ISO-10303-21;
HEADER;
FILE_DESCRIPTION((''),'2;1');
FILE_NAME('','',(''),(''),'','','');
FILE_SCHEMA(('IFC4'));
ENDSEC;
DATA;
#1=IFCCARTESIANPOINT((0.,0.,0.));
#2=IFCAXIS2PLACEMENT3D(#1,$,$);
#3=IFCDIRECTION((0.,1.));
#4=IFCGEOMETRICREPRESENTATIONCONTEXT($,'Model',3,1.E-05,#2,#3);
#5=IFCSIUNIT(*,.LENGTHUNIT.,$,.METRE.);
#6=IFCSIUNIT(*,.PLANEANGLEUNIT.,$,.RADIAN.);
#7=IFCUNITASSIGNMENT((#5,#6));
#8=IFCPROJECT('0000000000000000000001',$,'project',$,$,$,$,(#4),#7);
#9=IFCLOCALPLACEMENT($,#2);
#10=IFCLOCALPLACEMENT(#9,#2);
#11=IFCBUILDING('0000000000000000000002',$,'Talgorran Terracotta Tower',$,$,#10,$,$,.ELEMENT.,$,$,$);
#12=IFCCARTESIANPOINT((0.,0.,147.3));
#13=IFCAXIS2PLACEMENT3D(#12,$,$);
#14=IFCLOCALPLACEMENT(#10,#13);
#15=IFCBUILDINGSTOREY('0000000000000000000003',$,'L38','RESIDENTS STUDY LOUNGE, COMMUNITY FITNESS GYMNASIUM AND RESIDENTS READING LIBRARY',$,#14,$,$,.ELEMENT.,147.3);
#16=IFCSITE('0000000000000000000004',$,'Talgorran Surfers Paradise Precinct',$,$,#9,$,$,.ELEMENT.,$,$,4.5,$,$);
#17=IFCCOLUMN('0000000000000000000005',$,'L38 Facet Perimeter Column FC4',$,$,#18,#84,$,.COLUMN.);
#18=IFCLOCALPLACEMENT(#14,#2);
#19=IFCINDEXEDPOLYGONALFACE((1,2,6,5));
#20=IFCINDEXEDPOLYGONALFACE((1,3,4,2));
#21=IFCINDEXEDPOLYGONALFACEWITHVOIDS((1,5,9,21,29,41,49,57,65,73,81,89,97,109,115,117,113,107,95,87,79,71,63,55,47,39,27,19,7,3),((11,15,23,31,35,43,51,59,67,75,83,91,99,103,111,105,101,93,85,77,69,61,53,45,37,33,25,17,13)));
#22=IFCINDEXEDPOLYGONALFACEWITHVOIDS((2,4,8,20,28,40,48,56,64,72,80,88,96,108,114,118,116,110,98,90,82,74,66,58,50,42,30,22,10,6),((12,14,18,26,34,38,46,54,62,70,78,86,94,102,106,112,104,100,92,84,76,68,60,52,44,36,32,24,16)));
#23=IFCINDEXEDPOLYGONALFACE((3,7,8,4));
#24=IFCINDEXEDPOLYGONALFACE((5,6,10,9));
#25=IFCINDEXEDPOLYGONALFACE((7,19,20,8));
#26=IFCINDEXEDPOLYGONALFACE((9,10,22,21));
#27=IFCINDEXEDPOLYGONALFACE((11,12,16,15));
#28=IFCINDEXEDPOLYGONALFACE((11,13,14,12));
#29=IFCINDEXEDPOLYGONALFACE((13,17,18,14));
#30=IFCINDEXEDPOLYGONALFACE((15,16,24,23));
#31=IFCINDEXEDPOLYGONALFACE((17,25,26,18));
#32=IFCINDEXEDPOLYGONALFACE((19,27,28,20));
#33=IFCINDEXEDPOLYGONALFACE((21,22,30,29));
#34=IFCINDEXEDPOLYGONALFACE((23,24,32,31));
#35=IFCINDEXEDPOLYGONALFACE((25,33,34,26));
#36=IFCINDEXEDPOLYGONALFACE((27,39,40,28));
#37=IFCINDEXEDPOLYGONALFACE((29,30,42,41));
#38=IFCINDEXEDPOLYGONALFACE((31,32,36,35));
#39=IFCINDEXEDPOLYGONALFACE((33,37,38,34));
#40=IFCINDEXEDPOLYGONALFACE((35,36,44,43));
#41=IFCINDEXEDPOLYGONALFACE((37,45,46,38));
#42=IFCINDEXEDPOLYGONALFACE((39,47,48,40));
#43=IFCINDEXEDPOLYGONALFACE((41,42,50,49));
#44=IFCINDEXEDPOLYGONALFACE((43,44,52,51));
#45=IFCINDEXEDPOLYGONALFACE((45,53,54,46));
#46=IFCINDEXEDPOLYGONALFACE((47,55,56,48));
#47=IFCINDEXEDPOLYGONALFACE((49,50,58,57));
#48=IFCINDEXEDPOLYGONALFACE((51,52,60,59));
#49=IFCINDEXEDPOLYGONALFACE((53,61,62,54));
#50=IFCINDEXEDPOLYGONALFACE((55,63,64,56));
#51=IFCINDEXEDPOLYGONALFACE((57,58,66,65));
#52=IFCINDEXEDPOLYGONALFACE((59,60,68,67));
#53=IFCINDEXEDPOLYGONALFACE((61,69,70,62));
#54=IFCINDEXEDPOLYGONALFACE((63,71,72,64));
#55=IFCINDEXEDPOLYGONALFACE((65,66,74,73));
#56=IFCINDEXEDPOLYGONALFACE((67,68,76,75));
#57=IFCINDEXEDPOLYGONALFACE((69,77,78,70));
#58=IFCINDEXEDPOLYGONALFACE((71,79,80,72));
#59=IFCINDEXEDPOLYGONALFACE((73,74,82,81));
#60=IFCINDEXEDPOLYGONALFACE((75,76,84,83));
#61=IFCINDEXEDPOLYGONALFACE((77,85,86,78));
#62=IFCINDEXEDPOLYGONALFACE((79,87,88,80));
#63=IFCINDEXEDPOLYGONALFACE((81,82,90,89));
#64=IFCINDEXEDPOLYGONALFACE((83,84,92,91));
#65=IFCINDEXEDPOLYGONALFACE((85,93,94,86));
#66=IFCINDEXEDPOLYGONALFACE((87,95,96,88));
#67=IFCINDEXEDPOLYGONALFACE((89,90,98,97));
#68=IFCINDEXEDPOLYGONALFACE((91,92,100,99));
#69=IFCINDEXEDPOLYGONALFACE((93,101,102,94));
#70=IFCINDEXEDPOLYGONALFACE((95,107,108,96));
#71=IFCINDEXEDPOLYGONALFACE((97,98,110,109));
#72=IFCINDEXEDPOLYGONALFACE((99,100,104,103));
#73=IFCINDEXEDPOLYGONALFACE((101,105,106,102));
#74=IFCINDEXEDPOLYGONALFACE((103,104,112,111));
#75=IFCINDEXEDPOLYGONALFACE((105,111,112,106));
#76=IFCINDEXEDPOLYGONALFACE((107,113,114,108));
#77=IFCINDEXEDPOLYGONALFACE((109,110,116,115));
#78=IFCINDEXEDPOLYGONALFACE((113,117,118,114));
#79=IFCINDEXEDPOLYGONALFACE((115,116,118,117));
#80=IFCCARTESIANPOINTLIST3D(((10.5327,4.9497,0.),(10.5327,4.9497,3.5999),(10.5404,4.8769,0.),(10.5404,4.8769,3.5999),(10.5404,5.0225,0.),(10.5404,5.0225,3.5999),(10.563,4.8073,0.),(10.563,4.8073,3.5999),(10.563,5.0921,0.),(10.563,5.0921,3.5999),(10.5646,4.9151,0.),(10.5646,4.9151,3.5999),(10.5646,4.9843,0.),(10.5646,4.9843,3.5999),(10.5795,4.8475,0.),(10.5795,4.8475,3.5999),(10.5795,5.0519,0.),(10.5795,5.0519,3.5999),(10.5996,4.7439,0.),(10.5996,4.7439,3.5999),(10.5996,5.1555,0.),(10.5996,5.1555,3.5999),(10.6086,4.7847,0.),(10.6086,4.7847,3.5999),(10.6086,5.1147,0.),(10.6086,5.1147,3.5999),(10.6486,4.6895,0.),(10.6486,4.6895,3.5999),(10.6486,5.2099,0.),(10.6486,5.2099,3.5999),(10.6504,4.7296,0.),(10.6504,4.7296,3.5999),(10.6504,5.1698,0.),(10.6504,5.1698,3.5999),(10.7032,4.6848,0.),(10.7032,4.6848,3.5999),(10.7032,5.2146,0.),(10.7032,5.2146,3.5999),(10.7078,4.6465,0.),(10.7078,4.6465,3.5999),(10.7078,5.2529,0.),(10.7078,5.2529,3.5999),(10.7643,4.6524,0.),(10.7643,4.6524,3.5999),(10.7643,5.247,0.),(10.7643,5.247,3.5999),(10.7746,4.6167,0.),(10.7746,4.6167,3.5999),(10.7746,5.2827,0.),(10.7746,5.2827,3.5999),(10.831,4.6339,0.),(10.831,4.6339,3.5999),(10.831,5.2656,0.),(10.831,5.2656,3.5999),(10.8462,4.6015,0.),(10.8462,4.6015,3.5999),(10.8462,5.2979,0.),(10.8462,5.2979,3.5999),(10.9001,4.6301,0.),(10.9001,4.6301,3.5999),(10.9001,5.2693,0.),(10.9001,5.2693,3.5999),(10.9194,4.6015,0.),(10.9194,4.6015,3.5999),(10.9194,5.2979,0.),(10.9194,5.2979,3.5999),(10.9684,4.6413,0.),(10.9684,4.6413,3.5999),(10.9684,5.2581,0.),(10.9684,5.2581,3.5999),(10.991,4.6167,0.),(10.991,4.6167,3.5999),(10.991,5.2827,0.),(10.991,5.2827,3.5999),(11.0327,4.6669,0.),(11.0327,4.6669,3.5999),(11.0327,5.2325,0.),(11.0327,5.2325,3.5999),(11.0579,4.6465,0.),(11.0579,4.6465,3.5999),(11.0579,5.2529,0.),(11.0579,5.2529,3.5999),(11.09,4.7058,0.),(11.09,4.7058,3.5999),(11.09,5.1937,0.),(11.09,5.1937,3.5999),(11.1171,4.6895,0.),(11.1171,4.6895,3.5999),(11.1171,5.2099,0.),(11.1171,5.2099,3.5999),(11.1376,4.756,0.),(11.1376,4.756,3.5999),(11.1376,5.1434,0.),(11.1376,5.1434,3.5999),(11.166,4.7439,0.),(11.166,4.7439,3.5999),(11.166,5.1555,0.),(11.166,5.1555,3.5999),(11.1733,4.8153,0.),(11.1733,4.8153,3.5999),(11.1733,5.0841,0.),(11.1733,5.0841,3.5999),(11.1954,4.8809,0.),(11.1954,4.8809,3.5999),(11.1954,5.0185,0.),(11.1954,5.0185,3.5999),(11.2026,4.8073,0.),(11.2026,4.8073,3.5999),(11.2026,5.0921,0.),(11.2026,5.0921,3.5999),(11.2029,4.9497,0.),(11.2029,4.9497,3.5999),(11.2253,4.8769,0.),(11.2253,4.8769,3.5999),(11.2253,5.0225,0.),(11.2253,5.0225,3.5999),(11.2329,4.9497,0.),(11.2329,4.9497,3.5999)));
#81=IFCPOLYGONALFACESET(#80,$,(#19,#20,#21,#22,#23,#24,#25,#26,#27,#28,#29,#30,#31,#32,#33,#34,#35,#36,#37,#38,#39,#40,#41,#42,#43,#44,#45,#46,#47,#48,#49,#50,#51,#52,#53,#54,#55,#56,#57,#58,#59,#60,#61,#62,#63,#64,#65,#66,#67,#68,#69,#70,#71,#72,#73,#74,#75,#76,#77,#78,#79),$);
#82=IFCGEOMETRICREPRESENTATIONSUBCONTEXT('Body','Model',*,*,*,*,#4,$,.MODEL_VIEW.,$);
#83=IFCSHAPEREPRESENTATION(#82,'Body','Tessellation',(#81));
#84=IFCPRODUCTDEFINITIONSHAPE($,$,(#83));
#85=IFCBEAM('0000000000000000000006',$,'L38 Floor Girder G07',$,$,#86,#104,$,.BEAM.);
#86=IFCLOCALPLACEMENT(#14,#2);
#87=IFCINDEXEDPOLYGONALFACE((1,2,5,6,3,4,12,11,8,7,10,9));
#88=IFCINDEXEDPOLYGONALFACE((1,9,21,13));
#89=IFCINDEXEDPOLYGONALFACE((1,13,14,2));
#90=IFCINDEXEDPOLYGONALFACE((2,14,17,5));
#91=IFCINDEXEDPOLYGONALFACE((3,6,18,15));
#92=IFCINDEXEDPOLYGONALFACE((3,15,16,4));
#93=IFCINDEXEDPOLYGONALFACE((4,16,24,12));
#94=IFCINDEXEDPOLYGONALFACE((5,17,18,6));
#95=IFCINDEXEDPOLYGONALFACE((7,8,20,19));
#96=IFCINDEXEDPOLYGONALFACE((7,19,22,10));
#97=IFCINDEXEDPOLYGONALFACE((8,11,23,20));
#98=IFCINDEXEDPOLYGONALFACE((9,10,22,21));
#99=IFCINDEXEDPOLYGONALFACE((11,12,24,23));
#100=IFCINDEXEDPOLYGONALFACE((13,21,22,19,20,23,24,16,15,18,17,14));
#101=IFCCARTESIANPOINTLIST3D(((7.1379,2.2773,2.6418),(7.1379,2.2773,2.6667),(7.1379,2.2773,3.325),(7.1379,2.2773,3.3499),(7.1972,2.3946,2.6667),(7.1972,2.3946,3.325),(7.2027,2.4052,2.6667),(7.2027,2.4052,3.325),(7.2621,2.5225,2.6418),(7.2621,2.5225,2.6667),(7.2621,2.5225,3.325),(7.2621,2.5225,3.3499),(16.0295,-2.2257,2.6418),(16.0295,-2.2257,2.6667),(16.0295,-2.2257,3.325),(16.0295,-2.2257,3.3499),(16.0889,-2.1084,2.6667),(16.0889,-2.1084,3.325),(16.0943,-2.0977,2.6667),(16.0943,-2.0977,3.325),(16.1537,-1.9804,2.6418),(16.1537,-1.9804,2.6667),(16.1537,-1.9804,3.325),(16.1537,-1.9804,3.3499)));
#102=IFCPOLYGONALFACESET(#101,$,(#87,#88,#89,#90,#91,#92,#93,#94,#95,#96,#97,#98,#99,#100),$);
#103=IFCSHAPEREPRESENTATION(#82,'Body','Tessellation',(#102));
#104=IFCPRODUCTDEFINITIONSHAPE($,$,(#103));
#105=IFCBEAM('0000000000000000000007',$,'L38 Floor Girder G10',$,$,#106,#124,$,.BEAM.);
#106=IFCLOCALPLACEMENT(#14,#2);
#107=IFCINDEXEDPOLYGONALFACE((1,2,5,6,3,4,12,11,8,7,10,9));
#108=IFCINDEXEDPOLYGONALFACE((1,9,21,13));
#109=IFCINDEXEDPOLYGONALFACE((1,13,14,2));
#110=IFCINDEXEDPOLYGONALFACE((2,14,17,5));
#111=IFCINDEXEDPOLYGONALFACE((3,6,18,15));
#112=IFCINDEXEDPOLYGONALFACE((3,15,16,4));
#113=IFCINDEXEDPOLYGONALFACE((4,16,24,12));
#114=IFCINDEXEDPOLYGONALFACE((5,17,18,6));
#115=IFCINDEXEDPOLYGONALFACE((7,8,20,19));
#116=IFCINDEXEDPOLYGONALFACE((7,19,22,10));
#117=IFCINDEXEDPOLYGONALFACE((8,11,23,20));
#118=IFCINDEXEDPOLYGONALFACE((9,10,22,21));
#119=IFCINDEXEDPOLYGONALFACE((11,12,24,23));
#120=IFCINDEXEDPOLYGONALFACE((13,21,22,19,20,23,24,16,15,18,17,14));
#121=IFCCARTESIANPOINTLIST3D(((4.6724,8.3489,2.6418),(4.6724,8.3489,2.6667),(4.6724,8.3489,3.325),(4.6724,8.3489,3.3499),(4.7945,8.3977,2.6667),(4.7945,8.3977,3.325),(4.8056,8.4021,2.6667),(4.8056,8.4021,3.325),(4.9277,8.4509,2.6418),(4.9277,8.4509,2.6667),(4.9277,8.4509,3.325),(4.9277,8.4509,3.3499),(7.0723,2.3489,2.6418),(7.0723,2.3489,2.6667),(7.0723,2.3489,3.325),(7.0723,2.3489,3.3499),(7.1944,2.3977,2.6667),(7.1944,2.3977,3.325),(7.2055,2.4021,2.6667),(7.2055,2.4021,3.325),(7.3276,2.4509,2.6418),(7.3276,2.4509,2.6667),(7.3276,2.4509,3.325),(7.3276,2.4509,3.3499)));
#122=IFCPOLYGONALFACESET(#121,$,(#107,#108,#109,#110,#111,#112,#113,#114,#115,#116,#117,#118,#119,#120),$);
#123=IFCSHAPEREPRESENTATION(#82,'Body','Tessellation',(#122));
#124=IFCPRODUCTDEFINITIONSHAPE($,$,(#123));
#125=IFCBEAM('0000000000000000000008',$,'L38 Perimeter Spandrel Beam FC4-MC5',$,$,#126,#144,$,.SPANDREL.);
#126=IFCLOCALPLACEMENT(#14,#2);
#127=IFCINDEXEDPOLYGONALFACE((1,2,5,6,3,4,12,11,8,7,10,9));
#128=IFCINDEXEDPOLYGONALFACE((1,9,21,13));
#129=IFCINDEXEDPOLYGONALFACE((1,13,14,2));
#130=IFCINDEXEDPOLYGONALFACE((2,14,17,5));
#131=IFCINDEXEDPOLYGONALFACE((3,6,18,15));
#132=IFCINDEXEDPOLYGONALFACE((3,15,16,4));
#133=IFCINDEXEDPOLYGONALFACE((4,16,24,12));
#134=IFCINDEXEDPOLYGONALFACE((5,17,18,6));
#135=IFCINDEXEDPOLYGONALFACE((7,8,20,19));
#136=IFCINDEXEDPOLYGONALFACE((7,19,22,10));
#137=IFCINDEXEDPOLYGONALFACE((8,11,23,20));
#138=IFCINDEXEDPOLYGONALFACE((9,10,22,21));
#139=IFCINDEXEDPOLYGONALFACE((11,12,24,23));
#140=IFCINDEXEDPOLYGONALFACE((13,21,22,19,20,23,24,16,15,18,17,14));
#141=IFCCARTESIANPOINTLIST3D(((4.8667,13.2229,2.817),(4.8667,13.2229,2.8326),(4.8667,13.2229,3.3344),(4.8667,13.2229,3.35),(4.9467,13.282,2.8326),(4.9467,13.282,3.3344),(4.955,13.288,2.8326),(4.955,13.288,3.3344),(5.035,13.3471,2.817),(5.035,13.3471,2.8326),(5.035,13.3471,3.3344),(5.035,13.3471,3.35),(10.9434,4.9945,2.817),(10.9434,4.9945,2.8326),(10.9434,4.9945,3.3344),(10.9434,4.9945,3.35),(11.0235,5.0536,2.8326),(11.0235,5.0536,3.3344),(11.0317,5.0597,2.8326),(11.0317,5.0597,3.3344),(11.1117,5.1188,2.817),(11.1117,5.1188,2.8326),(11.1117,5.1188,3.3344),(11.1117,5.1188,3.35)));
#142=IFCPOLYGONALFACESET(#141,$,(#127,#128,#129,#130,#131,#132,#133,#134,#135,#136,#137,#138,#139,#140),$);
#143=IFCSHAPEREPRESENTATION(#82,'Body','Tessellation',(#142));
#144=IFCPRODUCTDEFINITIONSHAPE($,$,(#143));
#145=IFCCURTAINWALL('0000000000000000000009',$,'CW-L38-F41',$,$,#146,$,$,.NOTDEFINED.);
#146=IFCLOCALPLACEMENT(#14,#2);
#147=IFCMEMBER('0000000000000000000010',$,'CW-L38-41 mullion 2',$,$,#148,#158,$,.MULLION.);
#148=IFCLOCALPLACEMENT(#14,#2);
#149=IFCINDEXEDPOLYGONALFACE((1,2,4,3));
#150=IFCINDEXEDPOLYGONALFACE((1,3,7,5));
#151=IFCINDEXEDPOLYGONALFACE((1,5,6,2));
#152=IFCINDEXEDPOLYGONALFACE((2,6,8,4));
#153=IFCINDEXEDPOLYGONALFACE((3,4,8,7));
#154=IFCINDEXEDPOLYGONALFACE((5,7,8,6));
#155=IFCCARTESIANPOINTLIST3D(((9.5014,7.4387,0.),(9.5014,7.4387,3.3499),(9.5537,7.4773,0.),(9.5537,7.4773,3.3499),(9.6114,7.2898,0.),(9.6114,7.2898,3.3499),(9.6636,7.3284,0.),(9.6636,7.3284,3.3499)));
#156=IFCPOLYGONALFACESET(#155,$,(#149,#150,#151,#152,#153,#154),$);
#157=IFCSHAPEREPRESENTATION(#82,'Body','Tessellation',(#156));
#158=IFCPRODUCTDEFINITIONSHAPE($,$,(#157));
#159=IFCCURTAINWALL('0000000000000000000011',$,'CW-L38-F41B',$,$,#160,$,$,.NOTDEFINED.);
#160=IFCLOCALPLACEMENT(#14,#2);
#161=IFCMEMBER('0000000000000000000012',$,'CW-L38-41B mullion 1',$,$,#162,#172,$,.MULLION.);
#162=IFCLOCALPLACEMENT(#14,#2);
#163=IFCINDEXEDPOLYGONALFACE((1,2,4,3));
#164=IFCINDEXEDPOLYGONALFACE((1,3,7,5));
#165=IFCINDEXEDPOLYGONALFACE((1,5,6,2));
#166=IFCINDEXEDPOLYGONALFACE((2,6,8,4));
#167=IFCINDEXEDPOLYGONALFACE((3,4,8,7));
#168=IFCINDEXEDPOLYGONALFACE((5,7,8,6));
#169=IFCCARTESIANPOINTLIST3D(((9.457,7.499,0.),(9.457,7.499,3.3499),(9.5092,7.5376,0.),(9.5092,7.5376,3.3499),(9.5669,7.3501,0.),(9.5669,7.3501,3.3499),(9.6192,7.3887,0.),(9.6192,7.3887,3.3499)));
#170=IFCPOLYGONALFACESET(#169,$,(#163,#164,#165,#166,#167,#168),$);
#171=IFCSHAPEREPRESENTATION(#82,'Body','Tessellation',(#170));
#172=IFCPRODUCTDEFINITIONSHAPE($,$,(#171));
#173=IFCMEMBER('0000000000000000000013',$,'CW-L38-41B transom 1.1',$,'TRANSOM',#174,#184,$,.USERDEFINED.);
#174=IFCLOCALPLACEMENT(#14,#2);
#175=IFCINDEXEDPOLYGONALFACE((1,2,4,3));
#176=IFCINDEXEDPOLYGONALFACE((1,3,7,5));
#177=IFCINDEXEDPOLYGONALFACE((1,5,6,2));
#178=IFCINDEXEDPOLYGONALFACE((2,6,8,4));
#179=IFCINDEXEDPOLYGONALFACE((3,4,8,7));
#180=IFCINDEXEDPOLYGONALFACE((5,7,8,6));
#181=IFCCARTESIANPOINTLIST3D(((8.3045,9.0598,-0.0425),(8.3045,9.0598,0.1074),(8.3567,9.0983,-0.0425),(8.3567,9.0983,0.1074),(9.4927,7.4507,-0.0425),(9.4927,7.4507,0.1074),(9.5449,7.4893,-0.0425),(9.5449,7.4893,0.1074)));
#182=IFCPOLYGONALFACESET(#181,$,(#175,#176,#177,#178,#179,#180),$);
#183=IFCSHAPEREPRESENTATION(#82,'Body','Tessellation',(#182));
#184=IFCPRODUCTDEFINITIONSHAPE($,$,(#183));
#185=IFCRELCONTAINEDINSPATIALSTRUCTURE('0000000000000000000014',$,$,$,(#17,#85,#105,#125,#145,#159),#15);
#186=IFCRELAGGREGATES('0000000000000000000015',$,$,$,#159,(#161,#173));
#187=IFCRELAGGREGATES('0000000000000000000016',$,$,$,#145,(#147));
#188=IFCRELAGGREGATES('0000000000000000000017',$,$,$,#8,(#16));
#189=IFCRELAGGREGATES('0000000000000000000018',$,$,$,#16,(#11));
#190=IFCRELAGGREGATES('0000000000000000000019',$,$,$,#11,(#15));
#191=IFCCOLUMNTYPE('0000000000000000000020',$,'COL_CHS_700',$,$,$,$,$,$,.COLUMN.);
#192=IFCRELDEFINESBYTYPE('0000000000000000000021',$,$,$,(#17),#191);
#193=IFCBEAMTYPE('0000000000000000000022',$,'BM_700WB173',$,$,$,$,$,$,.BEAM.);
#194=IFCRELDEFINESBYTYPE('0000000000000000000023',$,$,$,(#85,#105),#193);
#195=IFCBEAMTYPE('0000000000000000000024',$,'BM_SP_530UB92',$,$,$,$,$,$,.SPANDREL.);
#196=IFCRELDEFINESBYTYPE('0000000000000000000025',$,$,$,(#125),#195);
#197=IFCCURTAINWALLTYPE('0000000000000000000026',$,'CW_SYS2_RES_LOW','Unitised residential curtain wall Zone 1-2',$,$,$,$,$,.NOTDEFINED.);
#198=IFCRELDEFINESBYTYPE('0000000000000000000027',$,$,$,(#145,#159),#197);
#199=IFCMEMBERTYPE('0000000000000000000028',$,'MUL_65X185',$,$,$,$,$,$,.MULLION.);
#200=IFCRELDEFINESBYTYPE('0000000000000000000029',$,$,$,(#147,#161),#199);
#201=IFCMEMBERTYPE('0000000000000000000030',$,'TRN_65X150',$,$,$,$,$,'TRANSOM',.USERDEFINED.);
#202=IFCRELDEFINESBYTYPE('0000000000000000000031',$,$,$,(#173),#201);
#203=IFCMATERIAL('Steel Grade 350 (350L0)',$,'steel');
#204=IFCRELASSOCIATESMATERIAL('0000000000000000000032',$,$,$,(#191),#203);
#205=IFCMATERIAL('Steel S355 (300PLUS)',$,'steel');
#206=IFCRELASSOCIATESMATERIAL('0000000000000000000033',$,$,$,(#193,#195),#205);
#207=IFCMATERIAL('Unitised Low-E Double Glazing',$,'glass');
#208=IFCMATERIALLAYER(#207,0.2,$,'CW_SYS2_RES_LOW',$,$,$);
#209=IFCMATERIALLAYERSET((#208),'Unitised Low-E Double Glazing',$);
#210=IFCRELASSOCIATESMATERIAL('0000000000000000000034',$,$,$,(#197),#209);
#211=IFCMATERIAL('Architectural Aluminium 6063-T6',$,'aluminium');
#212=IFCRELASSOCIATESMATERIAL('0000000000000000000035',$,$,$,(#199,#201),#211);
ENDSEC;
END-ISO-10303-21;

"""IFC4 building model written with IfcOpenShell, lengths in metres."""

from ifc_helpers import new_model, si_unit, direction, frame, origin, origin_2d, place, context, subcontext, project, spatial, rectangle, hollow_circle, i_section, extrude, material, layer, layer_set, material_profile, profile_set, type_object, element, aggregate, save


model = new_model("IFC4")

# Units and contexts
model_context = context("Model", 3, precision=1e-05, world=origin(), true_north=direction((0.0, 1.0)))
body_context = subcontext(model_context, "Body", "Model", "MODEL_VIEW")
ifc_project = project(units=[si_unit("LENGTHUNIT", "METRE"), si_unit("PLANEANGLEUNIT", "RADIAN")], contexts=[model_context])

# Site, building, storey
site_placement = place(None, origin())
site = spatial("IfcSite", under=ifc_project, at=site_placement, Name="Talgorran Surfers Paradise Precinct", CompositionType="ELEMENT", RefElevation=4.5)
building_placement = place(site_placement, origin())
building = spatial("IfcBuilding", under=site, at=building_placement, Name="Talgorran Terracotta Tower", CompositionType="ELEMENT")
storey_placement = place(building_placement, frame((0.0, 0.0, 147.3)))
storey = spatial("IfcBuildingStorey", under=building, at=storey_placement, Name="L38", Description="RESIDENTS STUDY LOUNGE, COMMUNITY FITNESS GYMNASIUM AND RESIDENTS READING LIBRARY", CompositionType="ELEMENT", Elevation=147.3)

# Column
ifc_material_1 = material(Name="Steel Grade 350 (350L0)", Category="steel")
ifc_material_profile_1 = material_profile(ifc_material_1, hollow_circle(Radius=0.3501, WallThickness=0.03, at=origin_2d()), Name="CHS700X30")
ifc_profile_set_1 = profile_set([ifc_material_profile_1], Name="Steel Grade 350 (350L0)")
column_type = type_object("IfcColumnType", Name="COL_CHS_700", PredefinedType="COLUMN", material=ifc_profile_set_1)
column_placement = place(storey_placement, frame((10.8828, 4.9497, 0.0), z_axis=(0.0, 0.0, 1.0), x_axis=(1.0, 0.0, 0.0)))
element("IfcColumn", 1, at=column_placement, inside=storey, type_object=column_type, Name="L38 Facet Perimeter Column FC4", PredefinedType="COLUMN", context=body_context, shape_type="SweptSolid", body=[
    extrude(hollow_circle(Radius=0.3501, WallThickness=0.03, at=origin_2d()), origin(), (0.0, 0.0, 1.0), 3.5999),
])

# Beams
ifc_material_2 = material(Name="Steel S355 (300PLUS)", Category="steel")
ifc_material_profile_2 = material_profile(ifc_material_2, i_section(OverallWidth=0.2749, OverallDepth=0.708, WebThickness=0.012, FlangeThickness=0.0249, at=origin_2d()), Name="700WB173")
ifc_profile_set_2 = profile_set([ifc_material_profile_2], Name="Steel S355 (300PLUS)")
beam_type_1 = type_object("IfcBeamType", Name="BM_700WB173", PredefinedType="BEAM", material=ifc_profile_set_2)
beam_1_placement = place(storey_placement, frame((7.2, 2.3999, 2.9958), z_axis=(0.892123, -0.451793, 0.0), x_axis=(0.451793, 0.892123, 0.0)))
element("IfcBeam", 2, at=beam_1_placement, inside=storey, type_object=beam_type_1, Name="L38 Floor Girder G07", PredefinedType="BEAM", context=body_context, shape_type="SweptSolid", body=[
    extrude(i_section(OverallWidth=0.2749, OverallDepth=0.708, WebThickness=0.012, FlangeThickness=0.0249, at=origin_2d()), origin(), (0.0, 0.0, 1.0), 9.9668),
])
beam_2_placement = place(storey_placement, frame((7.2, 2.3999, 2.9958), z_axis=(-0.371378, 0.928482, 0.0), x_axis=(-0.928482, -0.371378, 0.0)))
element("IfcBeam", 3, at=beam_2_placement, inside=storey, type_object=beam_type_1, Name="L38 Floor Girder G10", PredefinedType="BEAM", context=body_context, shape_type="SweptSolid", body=[
    extrude(i_section(OverallWidth=0.2749, OverallDepth=0.708, WebThickness=0.012, FlangeThickness=0.0249, at=origin_2d()), origin(), (0.0, 0.0, 1.0), 6.4622),
])
ifc_material_profile_3 = material_profile(ifc_material_2, i_section(OverallWidth=0.2092, OverallDepth=0.533, WebThickness=0.0103, FlangeThickness=0.0156, at=origin_2d()), Name="530UB92.4")
ifc_profile_set_3 = profile_set([ifc_material_profile_3], Name="Steel S355 (300PLUS)")
beam_type_2 = type_object("IfcBeamType", Name="BM_SP_530UB92", PredefinedType="SPANDREL", material=ifc_profile_set_3)
beam_3_placement = place(storey_placement, frame((11.0276, 5.0566, 3.0835), z_axis=(-0.594068, 0.804415, 0.0), x_axis=(-0.804415, -0.594068, 0.0)))
element("IfcBeam", 4, at=beam_3_placement, inside=storey, type_object=beam_type_2, Name="L38 Perimeter Spandrel Beam FC4-MC5", PredefinedType="SPANDREL", context=body_context, shape_type="SweptSolid", body=[
    extrude(i_section(OverallWidth=0.2092, OverallDepth=0.533, WebThickness=0.0103, FlangeThickness=0.0156, at=origin_2d()), origin(), (0.0, 0.0, 1.0), 10.229),
])

# Curtain wall, member
ifc_material_3 = material(Name="Unitised Low-E Double Glazing", Category="glass")
ifc_layer_1 = layer(ifc_material_3, 0.2, Name="CW_SYS2_RES_LOW")
ifc_layer_set_1 = layer_set([ifc_layer_1], Name="Unitised Low-E Double Glazing")
curtain_wall_type = type_object("IfcCurtainWallType", Name="CW_SYS2_RES_LOW", Description="Unitised residential curtain wall Zone 1-2", PredefinedType="NOTDEFINED", material=ifc_layer_set_1)
curtain_wall_1_placement = place(storey_placement, origin())
curtain_wall_1 = element("IfcCurtainWall", 5, at=curtain_wall_1_placement, inside=storey, type_object=curtain_wall_type, Name="CW-L38-F41", PredefinedType="NOTDEFINED")
ifc_material_4 = material(Name="Architectural Aluminium 6063-T6", Category="aluminium")
ifc_material_profile_4 = material_profile(ifc_material_4, rectangle(XDim=0.0649, YDim=0.1851, at=origin_2d()), Name="CWM65X185")
ifc_profile_set_4 = profile_set([ifc_material_profile_4], Name="Architectural Aluminium 6063-T6")
member_type_1 = type_object("IfcMemberType", Name="MUL_65X185", PredefinedType="MULLION", material=ifc_profile_set_4)
member_1_placement = place(storey_placement, frame((9.5825, 7.3835, 0.0), z_axis=(0.0, 0.0, 1.0), x_axis=(-0.80441, -0.594074, 0.0)))
member_1 = element("IfcMember", 6, at=member_1_placement, type_object=member_type_1, Name="CW-L38-41 mullion 2", PredefinedType="MULLION", context=body_context, shape_type="SweptSolid", body=[
    extrude(rectangle(XDim=0.0649, YDim=0.1851, at=origin_2d()), origin(), (0.0, 0.0, 1.0), 3.3499),
])

# Curtain wall, members
curtain_wall_2_placement = place(storey_placement, origin())
curtain_wall_2 = element("IfcCurtainWall", 7, at=curtain_wall_2_placement, inside=storey, type_object=curtain_wall_type, Name="CW-L38-F41B", PredefinedType="NOTDEFINED")
member_2_placement = place(storey_placement, frame((9.5381, 7.4438, 0.0), z_axis=(0.0, 0.0, 1.0), x_axis=(-0.804417, -0.594065, 0.0)))
member_2 = element("IfcMember", 8, at=member_2_placement, type_object=member_type_1, Name="CW-L38-41B mullion 1", PredefinedType="MULLION", context=body_context, shape_type="SweptSolid", body=[
    extrude(rectangle(XDim=0.0649, YDim=0.1851, at=origin_2d()), origin(), (0.0, 0.0, 1.0), 3.3499),
])
ifc_material_profile_5 = material_profile(ifc_material_4, rectangle(XDim=0.0649, YDim=0.1499, at=origin_2d()), Name="CWT65X150")
ifc_profile_set_5 = profile_set([ifc_material_profile_5], Name="Architectural Aluminium 6063-T6")
member_type_2 = type_object("IfcMemberType", Name="TRN_65X150", ElementType="TRANSOM", PredefinedType="USERDEFINED", material=ifc_profile_set_5)
member_3_placement = place(storey_placement, frame((9.5188, 7.47, 0.0325), z_axis=(-0.594027, 0.804445, 0.0), x_axis=(-0.804445, -0.594027, 0.0)))
member_3 = element("IfcMember", 9, at=member_3_placement, type_object=member_type_2, Name="CW-L38-41B transom 1.1", ObjectType="TRANSOM", PredefinedType="USERDEFINED", context=body_context, shape_type="SweptSolid", body=[
    extrude(rectangle(XDim=0.0649, YDim=0.1499, at=origin_2d()), origin(), (0.0, 0.0, 1.0), 2.0002),
])

aggregate(curtain_wall_2, [member_2, member_3])
aggregate(curtain_wall_1, [member_1])

save(model, "model.ifc")
